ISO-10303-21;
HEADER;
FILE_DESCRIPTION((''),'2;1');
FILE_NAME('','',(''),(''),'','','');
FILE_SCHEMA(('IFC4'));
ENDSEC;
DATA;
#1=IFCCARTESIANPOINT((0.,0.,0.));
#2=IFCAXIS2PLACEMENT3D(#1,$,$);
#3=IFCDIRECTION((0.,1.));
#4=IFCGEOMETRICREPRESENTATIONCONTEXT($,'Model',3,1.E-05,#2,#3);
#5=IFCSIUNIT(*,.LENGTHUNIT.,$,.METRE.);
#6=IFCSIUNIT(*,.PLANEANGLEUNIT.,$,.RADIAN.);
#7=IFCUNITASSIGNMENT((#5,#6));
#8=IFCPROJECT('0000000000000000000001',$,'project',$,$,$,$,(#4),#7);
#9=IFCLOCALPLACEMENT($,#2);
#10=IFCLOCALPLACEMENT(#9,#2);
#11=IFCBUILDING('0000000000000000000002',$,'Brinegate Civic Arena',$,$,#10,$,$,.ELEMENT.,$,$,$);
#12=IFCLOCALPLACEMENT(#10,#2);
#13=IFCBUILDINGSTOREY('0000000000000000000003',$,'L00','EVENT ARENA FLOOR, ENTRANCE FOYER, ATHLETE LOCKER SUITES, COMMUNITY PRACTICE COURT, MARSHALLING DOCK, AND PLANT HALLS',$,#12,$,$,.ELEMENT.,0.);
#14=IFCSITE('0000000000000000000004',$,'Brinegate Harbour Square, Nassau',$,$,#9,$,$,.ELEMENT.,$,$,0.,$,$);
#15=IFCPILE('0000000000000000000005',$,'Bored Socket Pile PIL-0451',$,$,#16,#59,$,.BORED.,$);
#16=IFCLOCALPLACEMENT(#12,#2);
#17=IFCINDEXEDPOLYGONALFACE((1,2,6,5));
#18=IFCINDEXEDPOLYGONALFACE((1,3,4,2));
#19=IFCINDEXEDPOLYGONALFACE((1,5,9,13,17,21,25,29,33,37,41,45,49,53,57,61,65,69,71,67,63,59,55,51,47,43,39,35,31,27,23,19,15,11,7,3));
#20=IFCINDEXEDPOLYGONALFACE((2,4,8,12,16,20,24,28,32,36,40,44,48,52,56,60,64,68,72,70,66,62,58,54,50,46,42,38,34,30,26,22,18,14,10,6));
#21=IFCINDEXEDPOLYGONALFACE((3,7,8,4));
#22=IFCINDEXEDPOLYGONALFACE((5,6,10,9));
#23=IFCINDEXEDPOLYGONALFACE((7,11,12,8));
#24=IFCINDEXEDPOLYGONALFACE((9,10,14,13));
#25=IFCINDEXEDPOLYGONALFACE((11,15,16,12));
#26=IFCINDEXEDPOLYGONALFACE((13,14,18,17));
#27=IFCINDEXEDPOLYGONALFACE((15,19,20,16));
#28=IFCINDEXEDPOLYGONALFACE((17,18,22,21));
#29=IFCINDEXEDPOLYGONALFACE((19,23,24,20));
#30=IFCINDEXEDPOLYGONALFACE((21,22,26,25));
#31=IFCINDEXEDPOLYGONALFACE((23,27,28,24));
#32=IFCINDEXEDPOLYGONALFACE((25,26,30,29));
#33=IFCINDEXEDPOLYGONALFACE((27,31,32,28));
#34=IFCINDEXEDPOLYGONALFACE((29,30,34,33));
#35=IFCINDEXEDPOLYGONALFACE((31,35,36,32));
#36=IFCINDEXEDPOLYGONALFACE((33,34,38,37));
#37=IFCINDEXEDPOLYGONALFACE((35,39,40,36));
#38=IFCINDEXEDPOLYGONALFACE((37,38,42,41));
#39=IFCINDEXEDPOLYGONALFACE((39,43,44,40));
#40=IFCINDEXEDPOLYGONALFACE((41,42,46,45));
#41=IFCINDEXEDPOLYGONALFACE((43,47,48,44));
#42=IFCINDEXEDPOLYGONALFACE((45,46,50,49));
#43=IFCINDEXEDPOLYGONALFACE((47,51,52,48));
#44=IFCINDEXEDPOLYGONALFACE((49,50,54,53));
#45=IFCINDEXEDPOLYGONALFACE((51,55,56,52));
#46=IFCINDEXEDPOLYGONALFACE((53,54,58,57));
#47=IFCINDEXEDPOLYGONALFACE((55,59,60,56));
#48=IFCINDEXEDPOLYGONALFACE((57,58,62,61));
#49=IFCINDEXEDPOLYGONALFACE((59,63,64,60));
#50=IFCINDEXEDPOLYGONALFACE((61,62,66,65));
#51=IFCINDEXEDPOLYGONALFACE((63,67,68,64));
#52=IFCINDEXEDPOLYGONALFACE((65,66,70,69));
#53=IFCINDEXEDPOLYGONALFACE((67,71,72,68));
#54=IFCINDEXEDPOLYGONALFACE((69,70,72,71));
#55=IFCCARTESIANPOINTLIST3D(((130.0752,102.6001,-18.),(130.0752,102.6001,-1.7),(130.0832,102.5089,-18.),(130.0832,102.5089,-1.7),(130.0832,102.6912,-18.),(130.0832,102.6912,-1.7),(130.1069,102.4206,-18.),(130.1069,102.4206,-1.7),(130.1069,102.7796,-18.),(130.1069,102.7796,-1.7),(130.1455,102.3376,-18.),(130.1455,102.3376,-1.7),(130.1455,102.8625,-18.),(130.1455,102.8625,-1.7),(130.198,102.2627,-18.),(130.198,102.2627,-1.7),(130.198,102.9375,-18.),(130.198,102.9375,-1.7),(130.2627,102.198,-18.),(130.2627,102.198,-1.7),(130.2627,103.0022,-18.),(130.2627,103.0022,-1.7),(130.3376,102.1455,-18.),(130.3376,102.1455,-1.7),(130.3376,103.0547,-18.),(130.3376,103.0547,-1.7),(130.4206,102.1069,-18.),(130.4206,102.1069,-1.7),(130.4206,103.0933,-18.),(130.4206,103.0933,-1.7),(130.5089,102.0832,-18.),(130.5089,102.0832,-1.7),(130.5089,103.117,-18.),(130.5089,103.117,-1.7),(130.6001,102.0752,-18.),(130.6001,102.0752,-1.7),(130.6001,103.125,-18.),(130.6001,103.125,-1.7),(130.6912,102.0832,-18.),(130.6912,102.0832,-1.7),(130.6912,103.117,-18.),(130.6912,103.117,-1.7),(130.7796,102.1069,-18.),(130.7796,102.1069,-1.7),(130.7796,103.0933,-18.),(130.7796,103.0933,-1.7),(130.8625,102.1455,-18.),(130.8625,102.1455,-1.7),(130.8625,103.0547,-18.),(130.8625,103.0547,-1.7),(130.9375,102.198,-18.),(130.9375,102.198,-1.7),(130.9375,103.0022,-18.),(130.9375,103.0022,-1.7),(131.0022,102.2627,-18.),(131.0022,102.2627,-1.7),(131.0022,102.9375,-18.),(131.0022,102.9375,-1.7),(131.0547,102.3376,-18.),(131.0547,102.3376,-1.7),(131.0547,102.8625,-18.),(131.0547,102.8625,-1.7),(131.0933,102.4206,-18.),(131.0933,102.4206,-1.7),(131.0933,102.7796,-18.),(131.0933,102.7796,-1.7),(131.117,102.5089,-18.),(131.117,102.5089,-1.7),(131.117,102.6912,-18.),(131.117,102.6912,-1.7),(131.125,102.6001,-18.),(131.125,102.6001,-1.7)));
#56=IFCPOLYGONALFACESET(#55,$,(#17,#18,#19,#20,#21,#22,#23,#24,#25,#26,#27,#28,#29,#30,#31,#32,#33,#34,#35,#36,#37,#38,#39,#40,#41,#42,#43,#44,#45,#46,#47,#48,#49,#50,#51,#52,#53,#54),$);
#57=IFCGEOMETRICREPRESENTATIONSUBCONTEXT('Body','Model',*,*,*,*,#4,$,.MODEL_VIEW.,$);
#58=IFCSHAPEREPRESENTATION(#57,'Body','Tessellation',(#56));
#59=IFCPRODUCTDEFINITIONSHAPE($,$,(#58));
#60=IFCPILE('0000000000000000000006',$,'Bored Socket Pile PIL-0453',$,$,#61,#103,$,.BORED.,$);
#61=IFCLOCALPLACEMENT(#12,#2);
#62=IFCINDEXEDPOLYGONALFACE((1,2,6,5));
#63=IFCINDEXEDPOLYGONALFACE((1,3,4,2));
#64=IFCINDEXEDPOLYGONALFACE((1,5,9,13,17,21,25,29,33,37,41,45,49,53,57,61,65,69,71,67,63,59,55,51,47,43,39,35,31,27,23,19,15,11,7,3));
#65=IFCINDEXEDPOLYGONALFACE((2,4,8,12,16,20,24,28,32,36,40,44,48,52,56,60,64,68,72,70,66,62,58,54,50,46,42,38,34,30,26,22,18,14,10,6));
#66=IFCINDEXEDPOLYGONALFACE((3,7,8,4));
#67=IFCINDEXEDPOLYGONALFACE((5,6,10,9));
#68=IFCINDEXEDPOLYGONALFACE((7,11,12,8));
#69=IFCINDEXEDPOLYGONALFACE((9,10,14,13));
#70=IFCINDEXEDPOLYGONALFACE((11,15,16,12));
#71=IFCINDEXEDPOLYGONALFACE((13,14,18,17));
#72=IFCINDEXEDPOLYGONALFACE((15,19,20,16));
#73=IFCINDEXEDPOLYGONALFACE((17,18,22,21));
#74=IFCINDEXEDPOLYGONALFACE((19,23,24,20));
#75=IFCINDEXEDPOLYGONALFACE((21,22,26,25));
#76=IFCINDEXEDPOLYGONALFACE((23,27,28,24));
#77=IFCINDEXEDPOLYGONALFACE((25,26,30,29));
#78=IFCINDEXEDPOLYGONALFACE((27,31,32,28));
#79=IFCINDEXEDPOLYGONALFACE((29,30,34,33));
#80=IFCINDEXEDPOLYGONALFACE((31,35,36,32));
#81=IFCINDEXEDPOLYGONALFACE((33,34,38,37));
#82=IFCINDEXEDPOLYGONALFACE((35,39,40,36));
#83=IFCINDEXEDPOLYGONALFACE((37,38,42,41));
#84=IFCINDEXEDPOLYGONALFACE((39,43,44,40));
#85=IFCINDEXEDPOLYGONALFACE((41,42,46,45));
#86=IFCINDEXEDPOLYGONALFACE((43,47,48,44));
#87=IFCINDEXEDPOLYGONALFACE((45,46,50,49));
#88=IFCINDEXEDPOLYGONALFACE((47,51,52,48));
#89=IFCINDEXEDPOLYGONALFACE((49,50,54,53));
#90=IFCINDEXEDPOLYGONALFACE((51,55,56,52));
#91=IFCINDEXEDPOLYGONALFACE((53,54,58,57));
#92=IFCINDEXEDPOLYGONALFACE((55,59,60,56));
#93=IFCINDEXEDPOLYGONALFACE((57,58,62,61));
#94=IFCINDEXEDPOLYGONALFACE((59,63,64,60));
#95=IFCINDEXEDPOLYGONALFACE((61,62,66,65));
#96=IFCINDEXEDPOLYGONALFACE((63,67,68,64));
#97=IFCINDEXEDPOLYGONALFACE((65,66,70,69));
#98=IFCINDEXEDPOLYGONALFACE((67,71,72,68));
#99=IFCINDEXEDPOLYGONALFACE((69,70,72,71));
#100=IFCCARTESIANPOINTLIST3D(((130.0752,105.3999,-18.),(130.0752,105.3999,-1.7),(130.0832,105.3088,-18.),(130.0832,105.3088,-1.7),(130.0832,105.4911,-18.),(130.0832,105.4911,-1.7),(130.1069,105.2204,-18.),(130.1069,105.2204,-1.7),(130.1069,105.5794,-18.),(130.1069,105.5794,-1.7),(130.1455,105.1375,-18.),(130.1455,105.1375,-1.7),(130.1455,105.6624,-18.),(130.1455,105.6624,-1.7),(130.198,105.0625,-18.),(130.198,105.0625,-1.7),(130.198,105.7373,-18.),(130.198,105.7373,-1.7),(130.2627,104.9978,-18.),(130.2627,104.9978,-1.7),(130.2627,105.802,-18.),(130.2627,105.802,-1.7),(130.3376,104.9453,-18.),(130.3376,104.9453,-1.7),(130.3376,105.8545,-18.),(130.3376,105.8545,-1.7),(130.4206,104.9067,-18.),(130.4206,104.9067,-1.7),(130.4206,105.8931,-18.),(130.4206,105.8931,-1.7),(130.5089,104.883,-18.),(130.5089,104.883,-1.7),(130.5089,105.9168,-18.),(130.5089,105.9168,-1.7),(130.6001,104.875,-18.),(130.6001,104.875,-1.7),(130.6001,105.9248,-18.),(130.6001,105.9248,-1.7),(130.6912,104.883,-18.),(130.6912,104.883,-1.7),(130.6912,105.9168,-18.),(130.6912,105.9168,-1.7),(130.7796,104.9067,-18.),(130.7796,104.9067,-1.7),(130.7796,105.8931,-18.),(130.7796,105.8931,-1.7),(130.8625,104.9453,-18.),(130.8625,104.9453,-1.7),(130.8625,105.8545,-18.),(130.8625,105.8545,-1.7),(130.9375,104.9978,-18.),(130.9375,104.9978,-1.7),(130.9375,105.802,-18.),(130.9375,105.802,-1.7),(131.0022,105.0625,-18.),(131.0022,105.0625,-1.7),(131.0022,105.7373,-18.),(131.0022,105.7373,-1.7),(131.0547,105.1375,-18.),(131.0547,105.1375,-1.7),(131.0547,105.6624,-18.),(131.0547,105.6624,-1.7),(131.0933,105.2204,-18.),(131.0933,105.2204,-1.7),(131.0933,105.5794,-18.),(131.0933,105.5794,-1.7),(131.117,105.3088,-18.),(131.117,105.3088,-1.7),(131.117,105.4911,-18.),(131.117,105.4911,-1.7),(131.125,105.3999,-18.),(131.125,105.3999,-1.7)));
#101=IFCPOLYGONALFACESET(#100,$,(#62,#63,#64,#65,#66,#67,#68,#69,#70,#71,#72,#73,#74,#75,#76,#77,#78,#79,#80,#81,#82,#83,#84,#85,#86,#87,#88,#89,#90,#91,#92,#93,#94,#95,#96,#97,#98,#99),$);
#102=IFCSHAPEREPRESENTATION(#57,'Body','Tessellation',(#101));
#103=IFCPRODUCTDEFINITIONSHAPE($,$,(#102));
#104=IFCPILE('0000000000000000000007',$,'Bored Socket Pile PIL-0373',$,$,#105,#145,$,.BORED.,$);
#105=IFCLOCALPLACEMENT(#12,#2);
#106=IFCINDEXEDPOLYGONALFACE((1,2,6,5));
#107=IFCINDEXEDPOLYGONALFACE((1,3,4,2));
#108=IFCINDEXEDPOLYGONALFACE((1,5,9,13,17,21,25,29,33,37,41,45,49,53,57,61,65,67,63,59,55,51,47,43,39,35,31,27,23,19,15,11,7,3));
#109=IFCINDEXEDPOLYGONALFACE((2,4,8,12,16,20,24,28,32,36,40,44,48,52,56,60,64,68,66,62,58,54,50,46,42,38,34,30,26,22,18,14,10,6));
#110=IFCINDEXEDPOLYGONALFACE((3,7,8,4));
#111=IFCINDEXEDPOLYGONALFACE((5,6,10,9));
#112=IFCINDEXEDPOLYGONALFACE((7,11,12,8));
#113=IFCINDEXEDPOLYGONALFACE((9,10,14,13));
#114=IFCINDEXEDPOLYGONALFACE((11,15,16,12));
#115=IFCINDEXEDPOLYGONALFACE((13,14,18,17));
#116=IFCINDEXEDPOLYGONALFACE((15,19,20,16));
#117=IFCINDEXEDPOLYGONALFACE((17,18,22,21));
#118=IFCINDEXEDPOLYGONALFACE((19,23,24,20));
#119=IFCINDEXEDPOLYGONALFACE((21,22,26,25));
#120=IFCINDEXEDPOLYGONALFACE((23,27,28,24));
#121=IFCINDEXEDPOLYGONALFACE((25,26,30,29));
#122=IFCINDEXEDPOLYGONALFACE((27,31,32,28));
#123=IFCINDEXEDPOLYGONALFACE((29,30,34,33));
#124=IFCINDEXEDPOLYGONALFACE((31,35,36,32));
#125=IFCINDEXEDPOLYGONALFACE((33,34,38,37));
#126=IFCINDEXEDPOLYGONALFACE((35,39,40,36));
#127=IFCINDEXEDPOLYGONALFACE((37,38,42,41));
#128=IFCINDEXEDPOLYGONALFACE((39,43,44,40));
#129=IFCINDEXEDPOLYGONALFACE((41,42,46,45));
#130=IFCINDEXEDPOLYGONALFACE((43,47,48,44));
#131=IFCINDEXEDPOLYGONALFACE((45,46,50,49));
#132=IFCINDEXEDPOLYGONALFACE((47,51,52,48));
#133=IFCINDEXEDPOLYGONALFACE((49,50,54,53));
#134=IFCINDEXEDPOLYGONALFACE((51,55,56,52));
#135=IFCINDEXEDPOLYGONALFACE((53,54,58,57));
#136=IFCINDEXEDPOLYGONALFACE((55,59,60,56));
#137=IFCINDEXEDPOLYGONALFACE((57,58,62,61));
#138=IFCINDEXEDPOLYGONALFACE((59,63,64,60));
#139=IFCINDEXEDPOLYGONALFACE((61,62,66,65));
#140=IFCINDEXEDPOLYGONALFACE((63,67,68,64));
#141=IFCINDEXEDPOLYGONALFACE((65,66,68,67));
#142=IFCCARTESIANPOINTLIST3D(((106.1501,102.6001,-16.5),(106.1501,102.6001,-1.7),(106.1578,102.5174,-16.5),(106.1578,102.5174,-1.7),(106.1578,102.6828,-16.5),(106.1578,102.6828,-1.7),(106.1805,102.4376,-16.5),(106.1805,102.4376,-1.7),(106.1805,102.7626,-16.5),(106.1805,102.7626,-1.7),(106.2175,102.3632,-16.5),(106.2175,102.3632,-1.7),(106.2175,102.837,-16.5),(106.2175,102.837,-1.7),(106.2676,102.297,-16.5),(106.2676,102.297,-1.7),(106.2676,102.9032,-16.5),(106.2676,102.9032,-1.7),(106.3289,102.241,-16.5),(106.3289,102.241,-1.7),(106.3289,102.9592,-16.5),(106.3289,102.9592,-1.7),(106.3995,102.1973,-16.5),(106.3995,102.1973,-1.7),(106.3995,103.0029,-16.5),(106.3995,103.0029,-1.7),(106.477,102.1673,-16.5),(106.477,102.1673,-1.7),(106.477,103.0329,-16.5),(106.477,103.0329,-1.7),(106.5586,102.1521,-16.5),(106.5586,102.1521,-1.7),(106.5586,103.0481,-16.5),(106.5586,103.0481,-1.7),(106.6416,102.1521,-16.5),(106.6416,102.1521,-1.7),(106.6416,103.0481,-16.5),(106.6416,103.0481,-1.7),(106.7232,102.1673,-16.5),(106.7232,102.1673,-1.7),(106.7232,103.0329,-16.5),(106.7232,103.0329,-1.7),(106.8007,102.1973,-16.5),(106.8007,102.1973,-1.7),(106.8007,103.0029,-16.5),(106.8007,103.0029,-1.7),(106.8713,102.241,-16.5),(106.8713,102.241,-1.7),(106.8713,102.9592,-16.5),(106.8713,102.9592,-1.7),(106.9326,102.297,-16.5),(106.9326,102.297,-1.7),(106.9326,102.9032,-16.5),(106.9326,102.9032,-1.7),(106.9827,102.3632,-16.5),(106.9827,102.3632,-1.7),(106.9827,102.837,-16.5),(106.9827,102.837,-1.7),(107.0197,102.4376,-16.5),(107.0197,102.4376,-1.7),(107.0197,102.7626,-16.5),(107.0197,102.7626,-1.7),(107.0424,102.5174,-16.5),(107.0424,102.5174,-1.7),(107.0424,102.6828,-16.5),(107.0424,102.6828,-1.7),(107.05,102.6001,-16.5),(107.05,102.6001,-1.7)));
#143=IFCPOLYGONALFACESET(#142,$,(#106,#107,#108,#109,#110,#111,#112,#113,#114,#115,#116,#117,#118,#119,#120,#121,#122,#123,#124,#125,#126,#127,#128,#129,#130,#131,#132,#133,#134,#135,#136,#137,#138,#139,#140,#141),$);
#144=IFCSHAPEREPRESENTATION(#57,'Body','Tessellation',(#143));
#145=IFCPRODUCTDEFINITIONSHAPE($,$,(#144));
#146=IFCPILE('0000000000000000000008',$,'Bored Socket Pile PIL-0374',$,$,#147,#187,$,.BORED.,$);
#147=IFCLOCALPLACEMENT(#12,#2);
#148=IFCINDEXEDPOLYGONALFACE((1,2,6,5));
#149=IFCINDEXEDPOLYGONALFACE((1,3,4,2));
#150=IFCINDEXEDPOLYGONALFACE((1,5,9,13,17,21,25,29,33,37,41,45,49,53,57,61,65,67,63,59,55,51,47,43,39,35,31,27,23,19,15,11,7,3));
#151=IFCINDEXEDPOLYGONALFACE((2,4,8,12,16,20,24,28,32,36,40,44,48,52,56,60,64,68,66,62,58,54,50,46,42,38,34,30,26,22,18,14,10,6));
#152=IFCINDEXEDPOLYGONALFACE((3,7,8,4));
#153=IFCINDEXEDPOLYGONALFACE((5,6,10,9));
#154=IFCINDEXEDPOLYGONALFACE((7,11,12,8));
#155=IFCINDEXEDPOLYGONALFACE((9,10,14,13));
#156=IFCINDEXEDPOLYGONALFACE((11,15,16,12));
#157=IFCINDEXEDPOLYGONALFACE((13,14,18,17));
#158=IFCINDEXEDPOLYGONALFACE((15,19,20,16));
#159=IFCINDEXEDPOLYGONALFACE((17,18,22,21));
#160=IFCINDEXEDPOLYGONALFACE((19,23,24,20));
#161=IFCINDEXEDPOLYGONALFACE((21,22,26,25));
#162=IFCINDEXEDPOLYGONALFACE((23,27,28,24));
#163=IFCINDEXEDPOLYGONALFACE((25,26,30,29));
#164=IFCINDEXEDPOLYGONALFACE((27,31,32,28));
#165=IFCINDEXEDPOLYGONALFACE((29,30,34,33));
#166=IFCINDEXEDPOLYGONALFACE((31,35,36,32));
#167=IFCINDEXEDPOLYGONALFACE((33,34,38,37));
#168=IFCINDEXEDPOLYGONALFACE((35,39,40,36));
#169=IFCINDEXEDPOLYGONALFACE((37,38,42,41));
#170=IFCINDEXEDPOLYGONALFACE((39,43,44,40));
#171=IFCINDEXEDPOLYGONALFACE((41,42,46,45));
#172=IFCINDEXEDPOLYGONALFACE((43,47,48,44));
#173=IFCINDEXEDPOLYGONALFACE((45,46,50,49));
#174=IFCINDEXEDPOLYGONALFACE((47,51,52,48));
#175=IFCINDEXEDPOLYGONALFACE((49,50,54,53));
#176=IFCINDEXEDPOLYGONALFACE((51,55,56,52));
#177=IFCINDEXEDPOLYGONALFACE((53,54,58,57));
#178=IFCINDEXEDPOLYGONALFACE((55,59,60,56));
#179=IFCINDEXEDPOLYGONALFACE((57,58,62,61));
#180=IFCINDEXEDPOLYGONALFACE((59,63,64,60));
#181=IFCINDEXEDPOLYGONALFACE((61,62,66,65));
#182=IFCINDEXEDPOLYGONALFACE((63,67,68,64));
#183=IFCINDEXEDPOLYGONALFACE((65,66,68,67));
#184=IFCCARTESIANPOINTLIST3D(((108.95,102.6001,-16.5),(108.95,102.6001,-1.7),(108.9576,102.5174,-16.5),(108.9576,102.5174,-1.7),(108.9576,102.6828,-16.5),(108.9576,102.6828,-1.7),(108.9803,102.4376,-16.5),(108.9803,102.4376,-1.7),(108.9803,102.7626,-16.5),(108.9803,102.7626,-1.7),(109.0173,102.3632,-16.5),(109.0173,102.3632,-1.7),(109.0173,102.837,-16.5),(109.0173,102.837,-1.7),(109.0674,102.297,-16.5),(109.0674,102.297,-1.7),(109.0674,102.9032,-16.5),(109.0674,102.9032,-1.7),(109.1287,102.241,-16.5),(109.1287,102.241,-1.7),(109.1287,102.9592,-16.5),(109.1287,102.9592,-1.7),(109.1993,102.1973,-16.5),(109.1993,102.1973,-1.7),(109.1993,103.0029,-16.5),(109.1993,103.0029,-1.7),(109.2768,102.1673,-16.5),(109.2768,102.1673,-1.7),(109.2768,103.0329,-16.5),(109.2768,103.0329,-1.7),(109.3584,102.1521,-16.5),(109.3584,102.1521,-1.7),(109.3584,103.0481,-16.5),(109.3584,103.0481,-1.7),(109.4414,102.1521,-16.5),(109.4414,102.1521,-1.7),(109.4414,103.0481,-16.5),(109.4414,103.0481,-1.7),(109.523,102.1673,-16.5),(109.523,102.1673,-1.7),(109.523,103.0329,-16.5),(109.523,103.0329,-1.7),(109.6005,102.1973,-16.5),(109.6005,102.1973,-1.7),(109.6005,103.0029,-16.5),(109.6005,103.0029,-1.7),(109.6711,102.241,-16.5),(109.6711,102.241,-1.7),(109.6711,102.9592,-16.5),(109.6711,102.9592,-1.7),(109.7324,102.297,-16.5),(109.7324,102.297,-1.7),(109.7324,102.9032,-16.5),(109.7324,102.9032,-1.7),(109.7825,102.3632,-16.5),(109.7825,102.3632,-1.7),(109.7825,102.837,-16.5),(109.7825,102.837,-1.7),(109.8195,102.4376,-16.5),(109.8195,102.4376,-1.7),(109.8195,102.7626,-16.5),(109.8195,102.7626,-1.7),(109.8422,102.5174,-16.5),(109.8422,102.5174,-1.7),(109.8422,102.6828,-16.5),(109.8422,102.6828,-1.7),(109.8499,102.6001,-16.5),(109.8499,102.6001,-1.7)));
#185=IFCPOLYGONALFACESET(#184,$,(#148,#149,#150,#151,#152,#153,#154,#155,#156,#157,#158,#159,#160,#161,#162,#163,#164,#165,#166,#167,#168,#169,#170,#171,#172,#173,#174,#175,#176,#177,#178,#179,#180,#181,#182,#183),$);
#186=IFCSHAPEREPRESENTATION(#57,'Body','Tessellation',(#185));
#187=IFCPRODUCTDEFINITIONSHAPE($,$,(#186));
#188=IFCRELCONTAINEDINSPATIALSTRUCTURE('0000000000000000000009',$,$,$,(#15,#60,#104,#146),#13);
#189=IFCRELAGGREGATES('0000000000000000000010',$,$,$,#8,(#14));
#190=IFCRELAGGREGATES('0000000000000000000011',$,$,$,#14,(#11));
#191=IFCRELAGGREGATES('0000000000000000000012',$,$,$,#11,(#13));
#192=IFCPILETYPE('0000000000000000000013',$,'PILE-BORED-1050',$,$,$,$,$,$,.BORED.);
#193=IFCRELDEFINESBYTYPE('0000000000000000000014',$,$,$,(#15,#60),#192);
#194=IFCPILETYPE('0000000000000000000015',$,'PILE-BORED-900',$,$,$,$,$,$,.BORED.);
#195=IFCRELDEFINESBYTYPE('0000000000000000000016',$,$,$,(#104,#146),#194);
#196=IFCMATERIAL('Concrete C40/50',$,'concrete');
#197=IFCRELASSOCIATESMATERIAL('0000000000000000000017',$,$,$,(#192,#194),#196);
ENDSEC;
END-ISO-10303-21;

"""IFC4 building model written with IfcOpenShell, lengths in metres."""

from ifc_helpers import new_model, si_unit, direction, frame, origin, origin_2d, place, context, subcontext, project, spatial, circle, extrude, material, material_profile, profile_set, type_object, element, save


model = new_model("IFC4")

# Units and contexts
model_context = context("Model", 3, precision=1e-05, world=origin(), true_north=direction((0.0, 1.0)))
body_context = subcontext(model_context, "Body", "Model", "MODEL_VIEW")
ifc_project = project(units=[si_unit("LENGTHUNIT", "METRE"), si_unit("PLANEANGLEUNIT", "RADIAN")], contexts=[model_context])

# Site, building, storey
site_placement = place(None, origin())
site = spatial("IfcSite", under=ifc_project, at=site_placement, Name="Brinegate Harbour Square, Nassau", CompositionType="ELEMENT", RefElevation=0.0)
building_placement = place(site_placement, origin())
building = spatial("IfcBuilding", under=site, at=building_placement, Name="Brinegate Civic Arena", CompositionType="ELEMENT")
storey_placement = place(building_placement, origin())
storey = spatial("IfcBuildingStorey", under=building, at=storey_placement, Name="L00", Description="EVENT ARENA FLOOR, ENTRANCE FOYER, ATHLETE LOCKER SUITES, COMMUNITY PRACTICE COURT, MARSHALLING DOCK, AND PLANT HALLS", CompositionType="ELEMENT", Elevation=0.0)

# Shared definitions
ifc_material_1 = material(Name="Concrete C40/50", Category="concrete")

# Piles
ifc_material_profile_1 = material_profile(ifc_material_1, circle(Radius=0.5249, at=origin_2d()), Name="PILED1050")
ifc_profile_set_1 = profile_set([ifc_material_profile_1], Name="Concrete C40/50")
pile_type_1 = type_object("IfcPileType", Name="PILE-BORED-1050", PredefinedType="BORED", material=ifc_profile_set_1)
for number, where, z_axis, x_axis, name in (
    (1, (130.6001, 102.6001, -1.7), (0.0, 0.0, -1.0), (1.0, 0.0, 0.0), "Bored Socket Pile PIL-0451"),
    (2, (130.6001, 105.3999, -1.7), (0.0, 0.0, -1.0), (1.0, 0.0, 0.0), "Bored Socket Pile PIL-0453"),
):
    element("IfcPile", number, at=place(storey_placement, frame(where, z_axis=z_axis, x_axis=x_axis)), inside=storey, type_object=pile_type_1, Name=name, PredefinedType="BORED", context=body_context, shape_type="SweptSolid", body=[
        extrude(circle(Radius=0.5249, at=origin_2d()), origin(), (0.0, 0.0, 1.0), 16.3),
    ])
ifc_material_profile_2 = material_profile(ifc_material_1, circle(Radius=0.45, at=origin_2d()), Name="PILED900")
ifc_profile_set_2 = profile_set([ifc_material_profile_2], Name="Concrete C40/50")
pile_type_2 = type_object("IfcPileType", Name="PILE-BORED-900", PredefinedType="BORED", material=ifc_profile_set_2)
for number, where, z_axis, x_axis, name in (
    (3, (106.6001, 102.6001, -1.7), (0.0, 0.0, -1.0), (1.0, 0.0, 0.0), "Bored Socket Pile PIL-0373"),
    (4, (109.3999, 102.6001, -1.7), (0.0, 0.0, -1.0), (1.0, 0.0, 0.0), "Bored Socket Pile PIL-0374"),
):
    element("IfcPile", number, at=place(storey_placement, frame(where, z_axis=z_axis, x_axis=x_axis)), inside=storey, type_object=pile_type_2, Name=name, PredefinedType="BORED", context=body_context, shape_type="SweptSolid", body=[
        extrude(circle(Radius=0.45, at=origin_2d()), origin(), (0.0, 0.0, 1.0), 14.8),
    ])

save(model, "model.ifc")
